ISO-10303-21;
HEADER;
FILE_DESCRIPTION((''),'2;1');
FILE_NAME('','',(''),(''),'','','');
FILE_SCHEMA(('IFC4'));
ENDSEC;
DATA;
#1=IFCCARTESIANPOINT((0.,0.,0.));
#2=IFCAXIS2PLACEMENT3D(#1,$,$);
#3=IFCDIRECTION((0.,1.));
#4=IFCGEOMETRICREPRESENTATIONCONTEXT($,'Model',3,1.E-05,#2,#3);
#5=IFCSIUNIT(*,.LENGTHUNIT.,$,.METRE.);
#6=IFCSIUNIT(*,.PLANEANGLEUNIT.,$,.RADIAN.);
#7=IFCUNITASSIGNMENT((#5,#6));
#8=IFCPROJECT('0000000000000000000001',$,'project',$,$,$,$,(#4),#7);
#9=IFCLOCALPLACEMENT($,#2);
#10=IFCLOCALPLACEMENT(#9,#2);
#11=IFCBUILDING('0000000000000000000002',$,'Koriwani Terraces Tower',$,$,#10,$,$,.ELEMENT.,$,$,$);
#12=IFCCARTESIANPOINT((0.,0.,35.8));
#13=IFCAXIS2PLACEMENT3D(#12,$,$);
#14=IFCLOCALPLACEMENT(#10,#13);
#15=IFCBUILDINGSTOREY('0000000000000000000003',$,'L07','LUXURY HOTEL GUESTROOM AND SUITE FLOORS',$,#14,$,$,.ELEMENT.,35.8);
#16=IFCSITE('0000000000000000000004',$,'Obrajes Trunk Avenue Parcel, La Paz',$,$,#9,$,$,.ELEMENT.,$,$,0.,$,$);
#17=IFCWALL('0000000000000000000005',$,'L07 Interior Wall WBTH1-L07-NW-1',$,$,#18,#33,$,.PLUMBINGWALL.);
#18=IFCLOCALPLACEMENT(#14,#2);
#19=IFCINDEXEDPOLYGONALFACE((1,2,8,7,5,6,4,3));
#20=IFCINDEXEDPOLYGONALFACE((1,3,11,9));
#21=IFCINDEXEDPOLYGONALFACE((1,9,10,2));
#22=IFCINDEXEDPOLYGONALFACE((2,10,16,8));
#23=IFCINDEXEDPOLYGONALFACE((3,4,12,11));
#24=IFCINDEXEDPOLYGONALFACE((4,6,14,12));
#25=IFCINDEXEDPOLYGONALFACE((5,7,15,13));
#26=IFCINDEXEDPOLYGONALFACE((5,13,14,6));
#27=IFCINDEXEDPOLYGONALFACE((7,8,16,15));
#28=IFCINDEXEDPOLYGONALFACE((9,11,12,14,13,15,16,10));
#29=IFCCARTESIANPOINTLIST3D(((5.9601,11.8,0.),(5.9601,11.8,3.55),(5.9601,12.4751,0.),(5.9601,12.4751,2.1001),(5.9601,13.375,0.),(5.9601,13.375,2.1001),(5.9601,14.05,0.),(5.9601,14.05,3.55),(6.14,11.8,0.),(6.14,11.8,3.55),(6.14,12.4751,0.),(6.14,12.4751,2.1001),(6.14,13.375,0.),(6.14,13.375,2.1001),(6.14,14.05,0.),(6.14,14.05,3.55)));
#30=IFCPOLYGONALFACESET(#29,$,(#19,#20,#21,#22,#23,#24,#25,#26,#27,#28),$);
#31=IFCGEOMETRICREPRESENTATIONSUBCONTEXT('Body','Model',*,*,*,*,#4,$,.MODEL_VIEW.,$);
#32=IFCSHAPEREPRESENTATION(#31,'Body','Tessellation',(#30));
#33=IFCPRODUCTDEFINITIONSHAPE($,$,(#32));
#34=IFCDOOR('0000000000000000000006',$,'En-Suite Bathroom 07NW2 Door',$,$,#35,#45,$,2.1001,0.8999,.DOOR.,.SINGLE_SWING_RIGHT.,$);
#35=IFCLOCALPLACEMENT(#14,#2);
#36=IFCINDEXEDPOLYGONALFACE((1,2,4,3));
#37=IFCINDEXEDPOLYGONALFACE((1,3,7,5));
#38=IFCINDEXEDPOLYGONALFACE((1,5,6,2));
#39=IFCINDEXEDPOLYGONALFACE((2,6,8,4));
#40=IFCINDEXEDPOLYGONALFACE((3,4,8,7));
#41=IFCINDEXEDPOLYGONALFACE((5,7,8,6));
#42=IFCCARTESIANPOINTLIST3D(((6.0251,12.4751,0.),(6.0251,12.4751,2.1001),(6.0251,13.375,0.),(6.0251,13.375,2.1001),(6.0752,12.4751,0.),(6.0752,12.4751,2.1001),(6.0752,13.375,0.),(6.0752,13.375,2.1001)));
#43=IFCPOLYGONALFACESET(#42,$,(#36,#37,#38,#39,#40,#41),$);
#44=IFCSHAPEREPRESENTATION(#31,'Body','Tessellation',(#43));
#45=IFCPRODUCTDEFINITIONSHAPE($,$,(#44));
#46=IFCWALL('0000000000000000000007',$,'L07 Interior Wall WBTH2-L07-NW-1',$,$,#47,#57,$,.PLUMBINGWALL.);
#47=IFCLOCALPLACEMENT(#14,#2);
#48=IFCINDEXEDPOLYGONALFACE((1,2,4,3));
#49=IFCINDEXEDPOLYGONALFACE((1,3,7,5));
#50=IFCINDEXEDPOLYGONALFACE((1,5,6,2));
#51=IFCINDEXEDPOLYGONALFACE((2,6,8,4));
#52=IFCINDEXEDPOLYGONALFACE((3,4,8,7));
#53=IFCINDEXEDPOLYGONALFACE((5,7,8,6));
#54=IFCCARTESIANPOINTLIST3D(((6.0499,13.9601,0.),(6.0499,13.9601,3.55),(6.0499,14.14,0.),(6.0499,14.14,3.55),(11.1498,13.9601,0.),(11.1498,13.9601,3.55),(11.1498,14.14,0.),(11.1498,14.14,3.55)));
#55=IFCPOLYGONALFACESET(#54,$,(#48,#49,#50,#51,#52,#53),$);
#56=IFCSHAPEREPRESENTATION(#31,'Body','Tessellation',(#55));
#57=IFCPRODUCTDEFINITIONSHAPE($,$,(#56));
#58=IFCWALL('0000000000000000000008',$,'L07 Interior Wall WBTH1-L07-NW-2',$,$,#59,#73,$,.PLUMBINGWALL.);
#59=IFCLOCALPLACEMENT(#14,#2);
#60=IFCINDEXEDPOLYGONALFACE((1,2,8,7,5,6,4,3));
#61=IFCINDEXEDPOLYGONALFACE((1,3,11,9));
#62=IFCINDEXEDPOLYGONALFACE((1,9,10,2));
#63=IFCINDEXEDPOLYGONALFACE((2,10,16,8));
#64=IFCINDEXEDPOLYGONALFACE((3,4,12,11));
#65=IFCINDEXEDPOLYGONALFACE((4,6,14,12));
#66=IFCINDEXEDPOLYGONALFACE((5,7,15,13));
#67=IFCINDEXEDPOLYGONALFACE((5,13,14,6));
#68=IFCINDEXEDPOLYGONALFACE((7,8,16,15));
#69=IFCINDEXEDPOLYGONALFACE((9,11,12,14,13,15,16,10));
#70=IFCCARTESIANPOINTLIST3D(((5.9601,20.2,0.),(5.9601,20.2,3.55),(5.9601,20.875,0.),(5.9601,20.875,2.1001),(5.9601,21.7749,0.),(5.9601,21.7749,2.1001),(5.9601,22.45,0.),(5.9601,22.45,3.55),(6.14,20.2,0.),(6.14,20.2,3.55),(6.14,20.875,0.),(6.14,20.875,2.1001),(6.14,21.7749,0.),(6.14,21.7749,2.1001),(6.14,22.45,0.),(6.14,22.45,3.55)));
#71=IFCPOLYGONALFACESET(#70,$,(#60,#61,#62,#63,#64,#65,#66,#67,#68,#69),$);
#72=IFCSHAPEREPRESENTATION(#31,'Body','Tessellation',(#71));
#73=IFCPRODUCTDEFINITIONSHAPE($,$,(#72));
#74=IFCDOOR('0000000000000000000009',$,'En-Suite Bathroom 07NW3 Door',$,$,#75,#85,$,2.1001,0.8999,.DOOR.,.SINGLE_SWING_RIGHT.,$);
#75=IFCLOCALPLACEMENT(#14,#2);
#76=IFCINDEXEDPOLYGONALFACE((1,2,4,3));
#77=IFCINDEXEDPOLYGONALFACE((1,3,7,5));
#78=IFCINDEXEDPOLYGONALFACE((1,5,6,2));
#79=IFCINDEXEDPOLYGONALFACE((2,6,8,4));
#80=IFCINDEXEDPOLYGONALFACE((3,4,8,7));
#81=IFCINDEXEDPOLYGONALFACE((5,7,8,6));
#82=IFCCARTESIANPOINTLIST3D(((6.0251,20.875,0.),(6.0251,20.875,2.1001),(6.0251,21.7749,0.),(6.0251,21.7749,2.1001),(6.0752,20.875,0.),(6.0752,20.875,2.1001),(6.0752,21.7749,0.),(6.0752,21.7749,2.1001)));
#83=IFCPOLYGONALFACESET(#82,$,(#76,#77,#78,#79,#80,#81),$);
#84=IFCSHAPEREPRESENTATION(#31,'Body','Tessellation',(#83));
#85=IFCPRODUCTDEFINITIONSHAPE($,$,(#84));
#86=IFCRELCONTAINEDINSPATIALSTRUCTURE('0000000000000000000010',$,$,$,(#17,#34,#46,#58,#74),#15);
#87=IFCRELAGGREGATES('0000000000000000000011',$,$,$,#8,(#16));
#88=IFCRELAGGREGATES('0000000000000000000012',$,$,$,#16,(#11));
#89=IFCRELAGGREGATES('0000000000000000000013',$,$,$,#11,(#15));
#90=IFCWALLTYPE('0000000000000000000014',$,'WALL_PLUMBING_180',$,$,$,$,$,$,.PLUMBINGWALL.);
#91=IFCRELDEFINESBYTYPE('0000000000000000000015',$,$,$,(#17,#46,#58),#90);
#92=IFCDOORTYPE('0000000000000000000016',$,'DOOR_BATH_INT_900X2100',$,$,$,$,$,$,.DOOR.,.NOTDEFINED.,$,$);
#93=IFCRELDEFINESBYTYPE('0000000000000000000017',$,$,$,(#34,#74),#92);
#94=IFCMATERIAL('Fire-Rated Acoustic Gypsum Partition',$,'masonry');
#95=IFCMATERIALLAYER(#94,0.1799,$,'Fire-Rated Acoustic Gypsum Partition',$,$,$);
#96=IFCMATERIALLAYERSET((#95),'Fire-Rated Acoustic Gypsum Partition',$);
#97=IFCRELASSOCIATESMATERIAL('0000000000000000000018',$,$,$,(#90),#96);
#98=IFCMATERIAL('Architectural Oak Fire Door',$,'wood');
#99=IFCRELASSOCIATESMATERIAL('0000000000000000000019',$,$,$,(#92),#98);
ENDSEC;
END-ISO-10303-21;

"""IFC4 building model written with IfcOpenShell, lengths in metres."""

from ifc_helpers import new_model, si_unit, direction, frame, frame_2d, origin, place, context, subcontext, project, spatial, rectangle, extrude, material, layer, layer_set, type_object, element, fill, save


model = new_model("IFC4")

# Units and contexts
model_context = context("Model", 3, precision=1e-05, world=origin(), true_north=direction((0.0, 1.0)))
body_context = subcontext(model_context, "Body", "Model", "MODEL_VIEW")
ifc_project = project(units=[si_unit("LENGTHUNIT", "METRE"), si_unit("PLANEANGLEUNIT", "RADIAN")], contexts=[model_context])

# Site, building, storey
site_placement = place(None, origin())
site = spatial("IfcSite", under=ifc_project, at=site_placement, Name="Obrajes Trunk Avenue Parcel, La Paz", CompositionType="ELEMENT", RefElevation=0.0)
building_placement = place(site_placement, origin())
building = spatial("IfcBuilding", under=site, at=building_placement, Name="Koriwani Terraces Tower", CompositionType="ELEMENT")
storey_placement = place(building_placement, frame((0.0, 0.0, 35.8)))
storey = spatial("IfcBuildingStorey", under=building, at=storey_placement, Name="L07", Description="LUXURY HOTEL GUESTROOM AND SUITE FLOORS", CompositionType="ELEMENT", Elevation=35.8)

# Shared definitions
ifc_material_1 = material(Name="Fire-Rated Acoustic Gypsum Partition", Category="masonry")
ifc_layer_1 = layer(ifc_material_1, 0.1799, Name="Fire-Rated Acoustic Gypsum Partition")
ifc_layer_set_1 = layer_set([ifc_layer_1], Name="Fire-Rated Acoustic Gypsum Partition")
wall_type_1 = type_object("IfcWallType", Name="WALL_PLUMBING_180", PredefinedType="PLUMBINGWALL", material=ifc_layer_set_1)
ifc_material_2 = material(Name="Architectural Oak Fire Door", Category="wood")
door_type = type_object("IfcDoorType", Name="DOOR_BATH_INT_900X2100", OperationType="NOTDEFINED", PredefinedType="DOOR", material=ifc_material_2)

# Wall, opening, door
wall_1_placement = place(storey_placement, frame((6.05, 11.8, 0.0), z_axis=(0.0, 0.0, 1.0), x_axis=(0.0, 1.0, 0.0)))
wall_1 = element("IfcWall", 1, at=wall_1_placement, inside=storey, type_object=wall_type_1, Name="L07 Interior Wall WBTH1-L07-NW-1", PredefinedType="PLUMBINGWALL", context=body_context, shape_type="SweptSolid", body=[
    extrude(rectangle(XDim=2.25, YDim=0.1799, at=frame_2d((1.125, 0.0))), origin(), (0.0, 0.0, 1.0), 3.55),
])
opening_1_placement = place(wall_1_placement, frame((0.675, 0.0, 0.0)))
opening_1 = element("IfcOpeningElement", 2, at=opening_1_placement, cuts=wall_1, PredefinedType="OPENING", context=body_context, shape_type="SweptSolid", body=[
    extrude(rectangle(XDim=0.8999, YDim=2.1001, at=frame_2d((0.45, 1.05))), frame((0.0, 0.1001, 0.0), z_axis=(0.0, -1.0, 0.0), x_axis=(1.0, 0.0, 0.0)), (0.0, 0.0, 1.0), 0.2),
])
door_1_placement = place(opening_1_placement, origin())
door_1 = element("IfcDoor", 3, at=door_1_placement, inside=storey, type_object=door_type, Name="En-Suite Bathroom 07NW2 Door", OperationType="SINGLE_SWING_RIGHT", OverallHeight=2.1001, OverallWidth=0.8999, PredefinedType="DOOR", context=body_context, shape_type="SweptSolid", body=[
    extrude(rectangle(XDim=0.8999, YDim=2.1001, at=frame_2d((0.45, 1.05))), frame((0.0, 0.0249, 0.0), z_axis=(0.0, -1.0, 0.0), x_axis=(1.0, 0.0, 0.0)), (0.0, 0.0, 1.0), 0.05),
])
fill(opening_1, door_1)

# Wall
wall_2_placement = place(storey_placement, frame((6.05, 14.05, 0.0), z_axis=(0.0, 0.0, 1.0), x_axis=(1.0, 0.0, 0.0)))
element("IfcWall", 4, at=wall_2_placement, inside=storey, type_object=wall_type_1, Name="L07 Interior Wall WBTH2-L07-NW-1", PredefinedType="PLUMBINGWALL", context=body_context, shape_type="SweptSolid", body=[
    extrude(rectangle(XDim=5.0999, YDim=0.1799, at=frame_2d((2.5498, 0.0))), origin(), (0.0, 0.0, 1.0), 3.55),
])

# Wall, opening, door
wall_3_placement = place(storey_placement, frame((6.05, 20.2, 0.0), z_axis=(0.0, 0.0, 1.0), x_axis=(0.0, 1.0, 0.0)))
wall_3 = element("IfcWall", 5, at=wall_3_placement, inside=storey, type_object=wall_type_1, Name="L07 Interior Wall WBTH1-L07-NW-2", PredefinedType="PLUMBINGWALL", context=body_context, shape_type="SweptSolid", body=[
    extrude(rectangle(XDim=2.25, YDim=0.1799, at=frame_2d((1.125, 0.0))), origin(), (0.0, 0.0, 1.0), 3.55),
])
opening_2_placement = place(wall_3_placement, frame((0.675, 0.0, 0.0)))
opening_2 = element("IfcOpeningElement", 6, at=opening_2_placement, cuts=wall_3, PredefinedType="OPENING", context=body_context, shape_type="SweptSolid", body=[
    extrude(rectangle(XDim=0.8999, YDim=2.1001, at=frame_2d((0.45, 1.05))), frame((0.0, 0.1001, 0.0), z_axis=(0.0, -1.0, 0.0), x_axis=(1.0, 0.0, 0.0)), (0.0, 0.0, 1.0), 0.2),
])
door_2_placement = place(opening_2_placement, origin())
door_2 = element("IfcDoor", 7, at=door_2_placement, inside=storey, type_object=door_type, Name="En-Suite Bathroom 07NW3 Door", OperationType="SINGLE_SWING_RIGHT", OverallHeight=2.1001, OverallWidth=0.8999, PredefinedType="DOOR", context=body_context, shape_type="SweptSolid", body=[
    extrude(rectangle(XDim=0.8999, YDim=2.1001, at=frame_2d((0.45, 1.05))), frame((0.0, 0.0249, 0.0), z_axis=(0.0, -1.0, 0.0), x_axis=(1.0, 0.0, 0.0)), (0.0, 0.0, 1.0), 0.05),
])
fill(opening_2, door_2)

save(model, "model.ifc")
